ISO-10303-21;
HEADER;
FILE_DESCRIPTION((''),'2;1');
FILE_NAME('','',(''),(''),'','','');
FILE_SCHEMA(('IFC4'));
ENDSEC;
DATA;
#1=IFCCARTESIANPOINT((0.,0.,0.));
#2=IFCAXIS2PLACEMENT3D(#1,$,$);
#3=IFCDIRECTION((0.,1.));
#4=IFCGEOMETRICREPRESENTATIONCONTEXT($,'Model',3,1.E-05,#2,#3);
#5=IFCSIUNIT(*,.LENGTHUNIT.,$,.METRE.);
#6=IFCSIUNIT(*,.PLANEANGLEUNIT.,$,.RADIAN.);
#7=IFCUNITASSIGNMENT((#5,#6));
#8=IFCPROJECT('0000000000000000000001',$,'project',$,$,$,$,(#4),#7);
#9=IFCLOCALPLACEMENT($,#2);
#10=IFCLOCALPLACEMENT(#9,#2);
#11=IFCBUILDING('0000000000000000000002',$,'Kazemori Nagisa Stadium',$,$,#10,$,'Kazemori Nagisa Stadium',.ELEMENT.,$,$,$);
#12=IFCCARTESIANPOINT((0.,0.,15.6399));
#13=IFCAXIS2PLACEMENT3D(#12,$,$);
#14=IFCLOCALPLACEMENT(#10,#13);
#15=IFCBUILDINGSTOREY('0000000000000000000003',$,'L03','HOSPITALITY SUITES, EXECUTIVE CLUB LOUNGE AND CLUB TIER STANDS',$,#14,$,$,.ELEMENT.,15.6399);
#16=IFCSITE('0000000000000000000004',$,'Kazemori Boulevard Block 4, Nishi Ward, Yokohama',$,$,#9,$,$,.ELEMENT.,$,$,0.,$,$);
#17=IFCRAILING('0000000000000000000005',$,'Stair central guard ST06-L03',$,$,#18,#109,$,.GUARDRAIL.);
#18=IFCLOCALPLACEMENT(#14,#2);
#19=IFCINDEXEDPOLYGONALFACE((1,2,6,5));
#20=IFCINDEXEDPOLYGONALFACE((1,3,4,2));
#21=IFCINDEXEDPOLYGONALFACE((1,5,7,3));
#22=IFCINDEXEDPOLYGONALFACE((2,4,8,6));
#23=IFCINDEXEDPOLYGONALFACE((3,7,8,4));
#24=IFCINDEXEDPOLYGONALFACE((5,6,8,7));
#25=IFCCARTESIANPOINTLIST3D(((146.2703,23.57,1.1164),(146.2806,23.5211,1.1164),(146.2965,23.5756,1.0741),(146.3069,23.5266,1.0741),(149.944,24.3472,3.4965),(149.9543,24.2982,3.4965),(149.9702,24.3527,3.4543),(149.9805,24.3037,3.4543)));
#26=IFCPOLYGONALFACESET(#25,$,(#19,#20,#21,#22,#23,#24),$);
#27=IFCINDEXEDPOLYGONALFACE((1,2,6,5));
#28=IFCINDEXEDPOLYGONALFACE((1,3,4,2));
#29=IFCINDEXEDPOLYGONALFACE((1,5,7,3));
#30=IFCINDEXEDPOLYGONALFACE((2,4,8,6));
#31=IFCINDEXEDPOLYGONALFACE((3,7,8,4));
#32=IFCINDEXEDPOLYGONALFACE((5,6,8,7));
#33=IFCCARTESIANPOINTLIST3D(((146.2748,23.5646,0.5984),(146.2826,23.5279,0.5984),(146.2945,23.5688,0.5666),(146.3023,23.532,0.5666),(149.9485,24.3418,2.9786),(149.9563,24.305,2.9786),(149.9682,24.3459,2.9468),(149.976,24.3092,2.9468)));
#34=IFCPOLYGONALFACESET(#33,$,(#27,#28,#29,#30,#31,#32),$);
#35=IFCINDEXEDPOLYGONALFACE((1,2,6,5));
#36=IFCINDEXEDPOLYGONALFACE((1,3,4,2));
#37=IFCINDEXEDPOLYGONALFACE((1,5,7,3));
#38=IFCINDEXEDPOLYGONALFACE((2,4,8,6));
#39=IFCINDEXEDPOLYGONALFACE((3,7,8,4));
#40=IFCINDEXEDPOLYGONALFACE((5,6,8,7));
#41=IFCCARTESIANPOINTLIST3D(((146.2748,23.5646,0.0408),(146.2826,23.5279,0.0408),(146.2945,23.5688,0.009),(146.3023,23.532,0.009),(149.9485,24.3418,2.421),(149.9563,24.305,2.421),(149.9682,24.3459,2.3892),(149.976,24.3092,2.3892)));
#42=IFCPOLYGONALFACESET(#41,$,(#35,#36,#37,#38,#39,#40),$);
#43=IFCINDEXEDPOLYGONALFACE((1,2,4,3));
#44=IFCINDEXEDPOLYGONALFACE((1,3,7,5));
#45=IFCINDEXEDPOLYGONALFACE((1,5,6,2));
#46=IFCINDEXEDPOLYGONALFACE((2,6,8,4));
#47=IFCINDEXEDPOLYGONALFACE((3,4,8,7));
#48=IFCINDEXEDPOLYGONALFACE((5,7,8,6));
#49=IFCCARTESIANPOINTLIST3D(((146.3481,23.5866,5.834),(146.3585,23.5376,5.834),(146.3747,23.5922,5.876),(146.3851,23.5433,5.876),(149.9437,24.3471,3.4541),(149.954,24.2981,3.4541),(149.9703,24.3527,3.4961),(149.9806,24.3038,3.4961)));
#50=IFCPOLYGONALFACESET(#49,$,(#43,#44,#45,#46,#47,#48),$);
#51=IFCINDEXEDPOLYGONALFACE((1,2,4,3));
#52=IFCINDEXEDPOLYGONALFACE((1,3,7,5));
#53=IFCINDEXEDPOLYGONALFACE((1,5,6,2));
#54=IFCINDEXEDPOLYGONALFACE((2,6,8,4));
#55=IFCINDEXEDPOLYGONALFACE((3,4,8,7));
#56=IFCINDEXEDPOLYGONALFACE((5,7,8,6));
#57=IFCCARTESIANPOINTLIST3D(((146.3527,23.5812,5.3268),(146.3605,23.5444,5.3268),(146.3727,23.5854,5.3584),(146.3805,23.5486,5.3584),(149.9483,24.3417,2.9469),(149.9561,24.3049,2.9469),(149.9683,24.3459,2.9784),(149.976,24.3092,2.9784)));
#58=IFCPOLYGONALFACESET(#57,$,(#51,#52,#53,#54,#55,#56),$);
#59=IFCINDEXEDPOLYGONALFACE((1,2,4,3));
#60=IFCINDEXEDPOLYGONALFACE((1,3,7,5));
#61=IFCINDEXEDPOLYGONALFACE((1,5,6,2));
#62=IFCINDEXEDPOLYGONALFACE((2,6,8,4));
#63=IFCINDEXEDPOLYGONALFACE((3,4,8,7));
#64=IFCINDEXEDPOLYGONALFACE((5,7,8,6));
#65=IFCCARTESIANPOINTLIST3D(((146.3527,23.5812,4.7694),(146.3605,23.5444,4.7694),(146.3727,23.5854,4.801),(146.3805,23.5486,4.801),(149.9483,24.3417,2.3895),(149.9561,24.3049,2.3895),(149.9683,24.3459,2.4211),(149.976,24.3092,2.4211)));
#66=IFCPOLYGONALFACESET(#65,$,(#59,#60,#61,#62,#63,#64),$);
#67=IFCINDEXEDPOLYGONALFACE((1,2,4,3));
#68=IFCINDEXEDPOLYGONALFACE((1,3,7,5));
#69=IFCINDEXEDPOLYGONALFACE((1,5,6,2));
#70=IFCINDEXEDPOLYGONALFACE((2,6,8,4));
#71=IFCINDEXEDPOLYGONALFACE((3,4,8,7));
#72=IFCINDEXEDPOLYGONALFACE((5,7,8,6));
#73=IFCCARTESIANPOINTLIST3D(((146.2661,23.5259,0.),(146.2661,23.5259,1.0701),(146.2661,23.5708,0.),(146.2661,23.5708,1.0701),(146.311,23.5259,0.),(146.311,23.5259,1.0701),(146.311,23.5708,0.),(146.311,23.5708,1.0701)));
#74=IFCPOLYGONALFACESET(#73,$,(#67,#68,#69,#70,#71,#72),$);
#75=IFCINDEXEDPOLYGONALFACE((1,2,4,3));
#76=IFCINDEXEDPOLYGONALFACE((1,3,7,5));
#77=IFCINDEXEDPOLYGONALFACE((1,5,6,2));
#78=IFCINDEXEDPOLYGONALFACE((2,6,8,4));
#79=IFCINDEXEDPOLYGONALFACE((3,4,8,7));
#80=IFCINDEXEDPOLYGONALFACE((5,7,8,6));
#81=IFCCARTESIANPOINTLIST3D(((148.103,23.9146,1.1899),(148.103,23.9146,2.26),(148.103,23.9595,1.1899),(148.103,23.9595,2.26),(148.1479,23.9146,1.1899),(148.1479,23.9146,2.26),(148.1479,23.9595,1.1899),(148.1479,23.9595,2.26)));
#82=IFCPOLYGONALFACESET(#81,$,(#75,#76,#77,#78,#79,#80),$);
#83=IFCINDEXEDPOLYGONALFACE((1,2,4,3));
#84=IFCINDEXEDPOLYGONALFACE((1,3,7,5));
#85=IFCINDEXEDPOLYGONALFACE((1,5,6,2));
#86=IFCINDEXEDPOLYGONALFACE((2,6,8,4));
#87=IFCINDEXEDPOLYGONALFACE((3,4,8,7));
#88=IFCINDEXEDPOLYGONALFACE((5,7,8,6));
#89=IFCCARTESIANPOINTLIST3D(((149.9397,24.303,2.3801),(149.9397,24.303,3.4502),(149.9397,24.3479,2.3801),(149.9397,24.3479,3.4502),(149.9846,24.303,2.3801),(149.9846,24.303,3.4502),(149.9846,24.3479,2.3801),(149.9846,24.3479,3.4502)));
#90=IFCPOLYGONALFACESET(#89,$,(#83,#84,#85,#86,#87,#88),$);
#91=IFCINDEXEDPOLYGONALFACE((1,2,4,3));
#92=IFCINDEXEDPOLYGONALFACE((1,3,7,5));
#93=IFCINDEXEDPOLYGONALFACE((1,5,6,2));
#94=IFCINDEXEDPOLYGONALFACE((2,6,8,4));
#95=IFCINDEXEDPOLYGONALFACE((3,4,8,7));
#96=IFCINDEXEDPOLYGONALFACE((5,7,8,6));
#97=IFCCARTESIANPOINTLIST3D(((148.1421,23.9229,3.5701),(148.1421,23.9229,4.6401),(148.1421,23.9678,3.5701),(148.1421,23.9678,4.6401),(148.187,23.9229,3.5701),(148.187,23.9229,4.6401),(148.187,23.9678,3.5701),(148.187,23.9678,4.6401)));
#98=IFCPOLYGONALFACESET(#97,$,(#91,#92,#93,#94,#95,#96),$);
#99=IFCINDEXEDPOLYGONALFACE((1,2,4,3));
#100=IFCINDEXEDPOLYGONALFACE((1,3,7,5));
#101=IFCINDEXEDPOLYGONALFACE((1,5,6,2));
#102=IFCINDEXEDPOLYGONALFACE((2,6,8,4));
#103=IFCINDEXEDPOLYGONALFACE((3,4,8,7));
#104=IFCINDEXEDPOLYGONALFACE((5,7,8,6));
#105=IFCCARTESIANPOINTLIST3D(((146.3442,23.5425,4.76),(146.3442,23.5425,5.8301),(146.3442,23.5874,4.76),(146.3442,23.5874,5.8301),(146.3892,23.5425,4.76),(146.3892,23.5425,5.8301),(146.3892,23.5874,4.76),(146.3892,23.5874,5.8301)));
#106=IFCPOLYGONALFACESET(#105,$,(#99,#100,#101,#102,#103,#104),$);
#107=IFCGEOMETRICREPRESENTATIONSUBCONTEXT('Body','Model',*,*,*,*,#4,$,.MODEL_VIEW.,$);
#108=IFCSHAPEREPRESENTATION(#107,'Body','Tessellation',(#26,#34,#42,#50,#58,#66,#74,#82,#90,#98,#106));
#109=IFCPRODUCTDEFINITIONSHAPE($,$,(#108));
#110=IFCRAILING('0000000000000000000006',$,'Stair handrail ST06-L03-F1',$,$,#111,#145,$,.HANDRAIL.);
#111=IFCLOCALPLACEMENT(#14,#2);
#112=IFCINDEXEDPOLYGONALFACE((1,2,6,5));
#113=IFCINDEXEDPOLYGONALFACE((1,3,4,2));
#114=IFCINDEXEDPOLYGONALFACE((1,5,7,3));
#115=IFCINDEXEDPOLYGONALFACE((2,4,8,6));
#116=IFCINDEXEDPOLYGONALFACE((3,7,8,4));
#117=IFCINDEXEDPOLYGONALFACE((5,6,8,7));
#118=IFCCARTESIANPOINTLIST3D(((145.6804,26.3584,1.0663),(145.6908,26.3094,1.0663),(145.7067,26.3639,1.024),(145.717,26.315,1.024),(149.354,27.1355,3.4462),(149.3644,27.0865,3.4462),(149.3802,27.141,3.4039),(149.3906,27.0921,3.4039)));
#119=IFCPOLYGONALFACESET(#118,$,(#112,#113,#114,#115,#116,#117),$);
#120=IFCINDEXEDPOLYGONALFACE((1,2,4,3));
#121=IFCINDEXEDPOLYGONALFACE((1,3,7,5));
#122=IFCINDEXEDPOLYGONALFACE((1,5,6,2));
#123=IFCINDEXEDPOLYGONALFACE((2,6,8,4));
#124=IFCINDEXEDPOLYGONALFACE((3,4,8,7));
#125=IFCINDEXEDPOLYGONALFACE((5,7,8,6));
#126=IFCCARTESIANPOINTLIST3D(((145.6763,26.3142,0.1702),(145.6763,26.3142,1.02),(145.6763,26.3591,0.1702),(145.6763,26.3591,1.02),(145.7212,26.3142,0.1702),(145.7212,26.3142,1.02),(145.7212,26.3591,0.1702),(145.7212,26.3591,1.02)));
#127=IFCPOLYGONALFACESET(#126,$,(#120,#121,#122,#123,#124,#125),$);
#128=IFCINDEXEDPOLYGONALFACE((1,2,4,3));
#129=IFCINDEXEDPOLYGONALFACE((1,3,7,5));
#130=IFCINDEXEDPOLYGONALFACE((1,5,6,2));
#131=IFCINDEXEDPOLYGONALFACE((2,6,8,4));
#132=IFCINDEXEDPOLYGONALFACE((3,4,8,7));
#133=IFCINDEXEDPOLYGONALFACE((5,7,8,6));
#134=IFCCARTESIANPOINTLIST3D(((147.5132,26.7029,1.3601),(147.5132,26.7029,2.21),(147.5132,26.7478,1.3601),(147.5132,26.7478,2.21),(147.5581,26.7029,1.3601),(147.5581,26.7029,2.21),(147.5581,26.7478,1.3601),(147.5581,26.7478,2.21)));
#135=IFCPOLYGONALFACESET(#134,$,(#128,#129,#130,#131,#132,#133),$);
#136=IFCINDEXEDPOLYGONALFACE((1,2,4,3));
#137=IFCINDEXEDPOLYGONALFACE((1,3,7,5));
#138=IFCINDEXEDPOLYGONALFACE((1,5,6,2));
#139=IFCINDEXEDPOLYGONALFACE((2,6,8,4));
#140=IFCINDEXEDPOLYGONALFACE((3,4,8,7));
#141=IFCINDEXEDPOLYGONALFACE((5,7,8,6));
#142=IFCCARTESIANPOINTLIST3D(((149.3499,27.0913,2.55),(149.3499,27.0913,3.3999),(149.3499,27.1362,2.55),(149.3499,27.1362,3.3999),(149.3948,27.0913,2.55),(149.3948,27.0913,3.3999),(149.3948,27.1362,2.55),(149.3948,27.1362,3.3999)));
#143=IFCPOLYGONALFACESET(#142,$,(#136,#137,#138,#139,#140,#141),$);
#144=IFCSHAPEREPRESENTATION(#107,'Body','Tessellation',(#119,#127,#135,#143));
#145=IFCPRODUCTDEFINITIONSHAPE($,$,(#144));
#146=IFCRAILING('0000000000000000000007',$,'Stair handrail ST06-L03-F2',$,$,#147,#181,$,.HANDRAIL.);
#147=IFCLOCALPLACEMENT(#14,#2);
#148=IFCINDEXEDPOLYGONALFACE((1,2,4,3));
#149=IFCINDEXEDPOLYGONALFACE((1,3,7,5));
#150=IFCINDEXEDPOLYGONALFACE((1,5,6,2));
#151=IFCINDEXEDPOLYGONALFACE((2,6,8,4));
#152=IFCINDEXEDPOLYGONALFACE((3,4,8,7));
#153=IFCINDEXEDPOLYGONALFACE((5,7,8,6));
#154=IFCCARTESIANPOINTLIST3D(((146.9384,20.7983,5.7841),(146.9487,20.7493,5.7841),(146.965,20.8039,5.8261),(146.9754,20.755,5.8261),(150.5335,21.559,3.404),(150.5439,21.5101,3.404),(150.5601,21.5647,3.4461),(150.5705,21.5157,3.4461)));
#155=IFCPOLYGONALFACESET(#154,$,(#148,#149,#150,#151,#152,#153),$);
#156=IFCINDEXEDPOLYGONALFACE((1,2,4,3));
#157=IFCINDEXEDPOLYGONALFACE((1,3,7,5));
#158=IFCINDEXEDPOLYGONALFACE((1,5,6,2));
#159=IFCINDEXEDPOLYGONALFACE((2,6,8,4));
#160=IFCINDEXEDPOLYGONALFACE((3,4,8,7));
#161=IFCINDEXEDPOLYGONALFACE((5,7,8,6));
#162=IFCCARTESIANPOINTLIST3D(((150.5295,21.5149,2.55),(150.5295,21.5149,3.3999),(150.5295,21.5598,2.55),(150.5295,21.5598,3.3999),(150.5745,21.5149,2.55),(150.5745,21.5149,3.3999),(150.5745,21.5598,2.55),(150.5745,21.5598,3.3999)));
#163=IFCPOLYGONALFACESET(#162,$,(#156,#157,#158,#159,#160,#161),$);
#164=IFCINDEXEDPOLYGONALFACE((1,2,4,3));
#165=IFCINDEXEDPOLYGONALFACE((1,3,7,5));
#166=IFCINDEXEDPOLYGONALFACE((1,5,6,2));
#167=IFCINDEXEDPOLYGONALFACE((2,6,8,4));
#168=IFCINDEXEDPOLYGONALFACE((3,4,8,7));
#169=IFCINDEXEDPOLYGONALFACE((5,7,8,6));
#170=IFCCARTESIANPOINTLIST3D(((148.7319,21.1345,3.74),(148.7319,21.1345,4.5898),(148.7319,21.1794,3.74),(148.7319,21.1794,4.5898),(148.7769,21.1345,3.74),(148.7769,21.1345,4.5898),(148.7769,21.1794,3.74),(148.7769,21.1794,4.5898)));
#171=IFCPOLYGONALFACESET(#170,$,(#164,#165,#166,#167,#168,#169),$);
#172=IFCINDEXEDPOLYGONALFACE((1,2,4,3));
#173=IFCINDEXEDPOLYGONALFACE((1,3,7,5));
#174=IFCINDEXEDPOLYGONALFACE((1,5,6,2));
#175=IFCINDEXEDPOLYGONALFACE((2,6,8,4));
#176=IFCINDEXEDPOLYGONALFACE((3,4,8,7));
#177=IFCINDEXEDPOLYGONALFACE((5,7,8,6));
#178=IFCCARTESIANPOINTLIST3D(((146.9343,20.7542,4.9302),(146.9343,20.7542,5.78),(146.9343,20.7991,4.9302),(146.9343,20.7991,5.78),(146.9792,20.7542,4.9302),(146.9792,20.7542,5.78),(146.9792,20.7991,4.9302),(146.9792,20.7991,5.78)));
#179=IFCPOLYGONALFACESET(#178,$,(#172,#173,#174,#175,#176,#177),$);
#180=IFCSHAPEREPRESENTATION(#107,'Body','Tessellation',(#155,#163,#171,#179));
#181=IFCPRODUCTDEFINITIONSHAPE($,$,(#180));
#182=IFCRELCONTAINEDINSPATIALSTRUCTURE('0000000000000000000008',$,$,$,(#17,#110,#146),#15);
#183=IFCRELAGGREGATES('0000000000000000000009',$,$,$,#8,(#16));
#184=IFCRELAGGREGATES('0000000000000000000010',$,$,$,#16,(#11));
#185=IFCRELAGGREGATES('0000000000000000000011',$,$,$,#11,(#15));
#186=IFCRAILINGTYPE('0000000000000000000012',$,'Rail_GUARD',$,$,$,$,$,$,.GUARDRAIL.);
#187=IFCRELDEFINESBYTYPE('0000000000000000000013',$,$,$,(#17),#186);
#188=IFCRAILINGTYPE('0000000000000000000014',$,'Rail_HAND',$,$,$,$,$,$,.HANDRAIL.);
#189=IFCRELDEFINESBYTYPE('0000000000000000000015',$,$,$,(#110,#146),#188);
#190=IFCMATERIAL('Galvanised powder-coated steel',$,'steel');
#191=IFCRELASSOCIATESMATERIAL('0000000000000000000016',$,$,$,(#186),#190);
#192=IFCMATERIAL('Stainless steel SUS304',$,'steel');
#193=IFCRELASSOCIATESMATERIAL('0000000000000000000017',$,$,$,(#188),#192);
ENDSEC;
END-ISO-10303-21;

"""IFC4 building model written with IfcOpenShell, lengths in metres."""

from ifc_helpers import new_model, si_unit, direction, frame, origin, origin_2d, place, context, subcontext, project, spatial, rectangle, extrude, material, type_object, element, save


model = new_model("IFC4")

# Units and contexts
model_context = context("Model", 3, precision=1e-05, world=origin(), true_north=direction((0.0, 1.0)))
body_context = subcontext(model_context, "Body", "Model", "MODEL_VIEW")
ifc_project = project(units=[si_unit("LENGTHUNIT", "METRE"), si_unit("PLANEANGLEUNIT", "RADIAN")], contexts=[model_context])

# Site, building, storey
site_placement = place(None, origin())
site = spatial("IfcSite", under=ifc_project, at=site_placement, Name="Kazemori Boulevard Block 4, Nishi Ward, Yokohama", CompositionType="ELEMENT", RefElevation=0.0)
building_placement = place(site_placement, origin())
building = spatial("IfcBuilding", under=site, at=building_placement, Name="Kazemori Nagisa Stadium", LongName="Kazemori Nagisa Stadium", CompositionType="ELEMENT")
storey_placement = place(building_placement, frame((0.0, 0.0, 15.6399)))
storey = spatial("IfcBuildingStorey", under=building, at=storey_placement, Name="L03", Description="HOSPITALITY SUITES, EXECUTIVE CLUB LOUNGE AND CLUB TIER STANDS", CompositionType="ELEMENT", Elevation=15.6399)

# Railings
ifc_material_1 = material(Name="Galvanised powder-coated steel", Category="steel")
railing_type_1 = type_object("IfcRailingType", Name="Rail_GUARD", PredefinedType="GUARDRAIL", material=ifc_material_1)
railing_1_placement = place(storey_placement, frame((146.2886, 23.5483, 0.0)))
element("IfcRailing", 1, at=railing_1_placement, inside=storey, type_object=railing_type_1, Name="Stair central guard ST06-L03", PredefinedType="GUARDRAIL", context=body_context, shape_type="SweptSolid", body=[
    extrude(rectangle(XDim=0.05, YDim=0.05, at=origin_2d()), frame((0.0, 0.0, 1.0952), z_axis=(0.826326, 0.174799, 0.535379), x_axis=(-0.206957, 0.97835, 0.0)), (0.0, 0.0, 1.0), 4.4458),
    extrude(rectangle(XDim=0.0376, YDim=0.0376, at=origin_2d()), frame((0.0, 0.0, 0.5825), z_axis=(0.826326, 0.174799, 0.535379), x_axis=(-0.206957, 0.97835, 0.0)), (0.0, 0.0, 1.0), 4.4458),
    extrude(rectangle(XDim=0.0376, YDim=0.0376, at=origin_2d()), frame((0.0, 0.0, 0.0249), z_axis=(0.826326, 0.174799, 0.535379), x_axis=(-0.206957, 0.97835, 0.0)), (0.0, 0.0, 1.0), 4.4458),
    extrude(rectangle(XDim=0.05, YDim=0.05, at=origin_2d()), frame((3.6736, 0.7771, 3.4751), z_axis=(-0.821199, -0.173697, 0.543563), x_axis=(0.206938, -0.978354, 0.0)), (0.0, 0.0, 1.0), 4.3784),
    extrude(rectangle(XDim=0.0376, YDim=0.0376, at=origin_2d()), frame((3.6736, 0.7771, 2.9626), z_axis=(-0.821199, -0.173697, 0.543563), x_axis=(0.206938, -0.978354, 0.0)), (0.0, 0.0, 1.0), 4.3784),
    extrude(rectangle(XDim=0.0376, YDim=0.0376, at=origin_2d()), frame((3.6736, 0.7771, 2.4053), z_axis=(-0.821199, -0.173697, 0.543563), x_axis=(0.206938, -0.978354, 0.0)), (0.0, 0.0, 1.0), 4.3784),
    extrude(rectangle(XDim=0.0449, YDim=0.0449, at=origin_2d()), origin(), (0.0, 0.0, 1.0), 1.0701),
    extrude(rectangle(XDim=0.0449, YDim=0.0449, at=origin_2d()), frame((1.8369, 0.3887, 1.1899)), (0.0, 0.0, 1.0), 1.0701),
    extrude(rectangle(XDim=0.0449, YDim=0.0449, at=origin_2d()), frame((3.6736, 0.7771, 2.3801)), (0.0, 0.0, 1.0), 1.0701),
    extrude(rectangle(XDim=0.0449, YDim=0.0449, at=origin_2d()), frame((1.876, 0.397, 3.5701)), (0.0, 0.0, 1.0), 1.0701),
    extrude(rectangle(XDim=0.0449, YDim=0.0449, at=origin_2d()), frame((0.0781, 0.0166, 4.76)), (0.0, 0.0, 1.0), 1.0701),
])
ifc_material_2 = material(Name="Stainless steel SUS304", Category="steel")
railing_type_2 = type_object("IfcRailingType", Name="Rail_HAND", PredefinedType="HANDRAIL", material=ifc_material_2)
railing_2_placement = place(storey_placement, frame((145.6987, 26.3367, 0.1702)))
element("IfcRailing", 2, at=railing_2_placement, inside=storey, type_object=railing_type_2, Name="Stair handrail ST06-L03-F1", PredefinedType="HANDRAIL", context=body_context, shape_type="SweptSolid", body=[
    extrude(rectangle(XDim=0.05, YDim=0.05, at=origin_2d()), frame((0.0, 0.0, 0.875), z_axis=(0.82635, 0.174804, 0.53534), x_axis=(-0.206957, 0.97835, 0.0)), (0.0, 0.0, 1.0), 4.4456),
    extrude(rectangle(XDim=0.0449, YDim=0.0449, at=origin_2d()), origin(), (0.0, 0.0, 1.0), 0.8499),
    extrude(rectangle(XDim=0.0449, YDim=0.0449, at=origin_2d()), frame((1.8369, 0.3887, 1.1899)), (0.0, 0.0, 1.0), 0.8499),
    extrude(rectangle(XDim=0.0449, YDim=0.0449, at=origin_2d()), frame((3.6736, 0.7771, 2.3799)), (0.0, 0.0, 1.0), 0.8499),
])
railing_3_placement = place(storey_placement, frame((150.552, 21.5374, 2.55)))
element("IfcRailing", 3, at=railing_3_placement, inside=storey, type_object=railing_type_2, Name="Stair handrail ST06-L03-F2", PredefinedType="HANDRAIL", context=body_context, shape_type="SweptSolid", body=[
    extrude(rectangle(XDim=0.05, YDim=0.05, at=origin_2d()), frame((0.0, 0.0, 0.875), z_axis=(-0.821148, -0.173754, 0.543622), x_axis=(0.207015, -0.978338, 0.0)), (0.0, 0.0, 1.0), 4.3782),
    extrude(rectangle(XDim=0.0449, YDim=0.0449, at=origin_2d()), origin(), (0.0, 0.0, 1.0), 0.8499),
    extrude(rectangle(XDim=0.0449, YDim=0.0449, at=origin_2d()), frame((-1.7976, -0.3804, 1.1899)), (0.0, 0.0, 1.0), 0.8499),
    extrude(rectangle(XDim=0.0449, YDim=0.0449, at=origin_2d()), frame((-3.5952, -0.7607, 2.3801)), (0.0, 0.0, 1.0), 0.8499),
])

save(model, "model.ifc")
